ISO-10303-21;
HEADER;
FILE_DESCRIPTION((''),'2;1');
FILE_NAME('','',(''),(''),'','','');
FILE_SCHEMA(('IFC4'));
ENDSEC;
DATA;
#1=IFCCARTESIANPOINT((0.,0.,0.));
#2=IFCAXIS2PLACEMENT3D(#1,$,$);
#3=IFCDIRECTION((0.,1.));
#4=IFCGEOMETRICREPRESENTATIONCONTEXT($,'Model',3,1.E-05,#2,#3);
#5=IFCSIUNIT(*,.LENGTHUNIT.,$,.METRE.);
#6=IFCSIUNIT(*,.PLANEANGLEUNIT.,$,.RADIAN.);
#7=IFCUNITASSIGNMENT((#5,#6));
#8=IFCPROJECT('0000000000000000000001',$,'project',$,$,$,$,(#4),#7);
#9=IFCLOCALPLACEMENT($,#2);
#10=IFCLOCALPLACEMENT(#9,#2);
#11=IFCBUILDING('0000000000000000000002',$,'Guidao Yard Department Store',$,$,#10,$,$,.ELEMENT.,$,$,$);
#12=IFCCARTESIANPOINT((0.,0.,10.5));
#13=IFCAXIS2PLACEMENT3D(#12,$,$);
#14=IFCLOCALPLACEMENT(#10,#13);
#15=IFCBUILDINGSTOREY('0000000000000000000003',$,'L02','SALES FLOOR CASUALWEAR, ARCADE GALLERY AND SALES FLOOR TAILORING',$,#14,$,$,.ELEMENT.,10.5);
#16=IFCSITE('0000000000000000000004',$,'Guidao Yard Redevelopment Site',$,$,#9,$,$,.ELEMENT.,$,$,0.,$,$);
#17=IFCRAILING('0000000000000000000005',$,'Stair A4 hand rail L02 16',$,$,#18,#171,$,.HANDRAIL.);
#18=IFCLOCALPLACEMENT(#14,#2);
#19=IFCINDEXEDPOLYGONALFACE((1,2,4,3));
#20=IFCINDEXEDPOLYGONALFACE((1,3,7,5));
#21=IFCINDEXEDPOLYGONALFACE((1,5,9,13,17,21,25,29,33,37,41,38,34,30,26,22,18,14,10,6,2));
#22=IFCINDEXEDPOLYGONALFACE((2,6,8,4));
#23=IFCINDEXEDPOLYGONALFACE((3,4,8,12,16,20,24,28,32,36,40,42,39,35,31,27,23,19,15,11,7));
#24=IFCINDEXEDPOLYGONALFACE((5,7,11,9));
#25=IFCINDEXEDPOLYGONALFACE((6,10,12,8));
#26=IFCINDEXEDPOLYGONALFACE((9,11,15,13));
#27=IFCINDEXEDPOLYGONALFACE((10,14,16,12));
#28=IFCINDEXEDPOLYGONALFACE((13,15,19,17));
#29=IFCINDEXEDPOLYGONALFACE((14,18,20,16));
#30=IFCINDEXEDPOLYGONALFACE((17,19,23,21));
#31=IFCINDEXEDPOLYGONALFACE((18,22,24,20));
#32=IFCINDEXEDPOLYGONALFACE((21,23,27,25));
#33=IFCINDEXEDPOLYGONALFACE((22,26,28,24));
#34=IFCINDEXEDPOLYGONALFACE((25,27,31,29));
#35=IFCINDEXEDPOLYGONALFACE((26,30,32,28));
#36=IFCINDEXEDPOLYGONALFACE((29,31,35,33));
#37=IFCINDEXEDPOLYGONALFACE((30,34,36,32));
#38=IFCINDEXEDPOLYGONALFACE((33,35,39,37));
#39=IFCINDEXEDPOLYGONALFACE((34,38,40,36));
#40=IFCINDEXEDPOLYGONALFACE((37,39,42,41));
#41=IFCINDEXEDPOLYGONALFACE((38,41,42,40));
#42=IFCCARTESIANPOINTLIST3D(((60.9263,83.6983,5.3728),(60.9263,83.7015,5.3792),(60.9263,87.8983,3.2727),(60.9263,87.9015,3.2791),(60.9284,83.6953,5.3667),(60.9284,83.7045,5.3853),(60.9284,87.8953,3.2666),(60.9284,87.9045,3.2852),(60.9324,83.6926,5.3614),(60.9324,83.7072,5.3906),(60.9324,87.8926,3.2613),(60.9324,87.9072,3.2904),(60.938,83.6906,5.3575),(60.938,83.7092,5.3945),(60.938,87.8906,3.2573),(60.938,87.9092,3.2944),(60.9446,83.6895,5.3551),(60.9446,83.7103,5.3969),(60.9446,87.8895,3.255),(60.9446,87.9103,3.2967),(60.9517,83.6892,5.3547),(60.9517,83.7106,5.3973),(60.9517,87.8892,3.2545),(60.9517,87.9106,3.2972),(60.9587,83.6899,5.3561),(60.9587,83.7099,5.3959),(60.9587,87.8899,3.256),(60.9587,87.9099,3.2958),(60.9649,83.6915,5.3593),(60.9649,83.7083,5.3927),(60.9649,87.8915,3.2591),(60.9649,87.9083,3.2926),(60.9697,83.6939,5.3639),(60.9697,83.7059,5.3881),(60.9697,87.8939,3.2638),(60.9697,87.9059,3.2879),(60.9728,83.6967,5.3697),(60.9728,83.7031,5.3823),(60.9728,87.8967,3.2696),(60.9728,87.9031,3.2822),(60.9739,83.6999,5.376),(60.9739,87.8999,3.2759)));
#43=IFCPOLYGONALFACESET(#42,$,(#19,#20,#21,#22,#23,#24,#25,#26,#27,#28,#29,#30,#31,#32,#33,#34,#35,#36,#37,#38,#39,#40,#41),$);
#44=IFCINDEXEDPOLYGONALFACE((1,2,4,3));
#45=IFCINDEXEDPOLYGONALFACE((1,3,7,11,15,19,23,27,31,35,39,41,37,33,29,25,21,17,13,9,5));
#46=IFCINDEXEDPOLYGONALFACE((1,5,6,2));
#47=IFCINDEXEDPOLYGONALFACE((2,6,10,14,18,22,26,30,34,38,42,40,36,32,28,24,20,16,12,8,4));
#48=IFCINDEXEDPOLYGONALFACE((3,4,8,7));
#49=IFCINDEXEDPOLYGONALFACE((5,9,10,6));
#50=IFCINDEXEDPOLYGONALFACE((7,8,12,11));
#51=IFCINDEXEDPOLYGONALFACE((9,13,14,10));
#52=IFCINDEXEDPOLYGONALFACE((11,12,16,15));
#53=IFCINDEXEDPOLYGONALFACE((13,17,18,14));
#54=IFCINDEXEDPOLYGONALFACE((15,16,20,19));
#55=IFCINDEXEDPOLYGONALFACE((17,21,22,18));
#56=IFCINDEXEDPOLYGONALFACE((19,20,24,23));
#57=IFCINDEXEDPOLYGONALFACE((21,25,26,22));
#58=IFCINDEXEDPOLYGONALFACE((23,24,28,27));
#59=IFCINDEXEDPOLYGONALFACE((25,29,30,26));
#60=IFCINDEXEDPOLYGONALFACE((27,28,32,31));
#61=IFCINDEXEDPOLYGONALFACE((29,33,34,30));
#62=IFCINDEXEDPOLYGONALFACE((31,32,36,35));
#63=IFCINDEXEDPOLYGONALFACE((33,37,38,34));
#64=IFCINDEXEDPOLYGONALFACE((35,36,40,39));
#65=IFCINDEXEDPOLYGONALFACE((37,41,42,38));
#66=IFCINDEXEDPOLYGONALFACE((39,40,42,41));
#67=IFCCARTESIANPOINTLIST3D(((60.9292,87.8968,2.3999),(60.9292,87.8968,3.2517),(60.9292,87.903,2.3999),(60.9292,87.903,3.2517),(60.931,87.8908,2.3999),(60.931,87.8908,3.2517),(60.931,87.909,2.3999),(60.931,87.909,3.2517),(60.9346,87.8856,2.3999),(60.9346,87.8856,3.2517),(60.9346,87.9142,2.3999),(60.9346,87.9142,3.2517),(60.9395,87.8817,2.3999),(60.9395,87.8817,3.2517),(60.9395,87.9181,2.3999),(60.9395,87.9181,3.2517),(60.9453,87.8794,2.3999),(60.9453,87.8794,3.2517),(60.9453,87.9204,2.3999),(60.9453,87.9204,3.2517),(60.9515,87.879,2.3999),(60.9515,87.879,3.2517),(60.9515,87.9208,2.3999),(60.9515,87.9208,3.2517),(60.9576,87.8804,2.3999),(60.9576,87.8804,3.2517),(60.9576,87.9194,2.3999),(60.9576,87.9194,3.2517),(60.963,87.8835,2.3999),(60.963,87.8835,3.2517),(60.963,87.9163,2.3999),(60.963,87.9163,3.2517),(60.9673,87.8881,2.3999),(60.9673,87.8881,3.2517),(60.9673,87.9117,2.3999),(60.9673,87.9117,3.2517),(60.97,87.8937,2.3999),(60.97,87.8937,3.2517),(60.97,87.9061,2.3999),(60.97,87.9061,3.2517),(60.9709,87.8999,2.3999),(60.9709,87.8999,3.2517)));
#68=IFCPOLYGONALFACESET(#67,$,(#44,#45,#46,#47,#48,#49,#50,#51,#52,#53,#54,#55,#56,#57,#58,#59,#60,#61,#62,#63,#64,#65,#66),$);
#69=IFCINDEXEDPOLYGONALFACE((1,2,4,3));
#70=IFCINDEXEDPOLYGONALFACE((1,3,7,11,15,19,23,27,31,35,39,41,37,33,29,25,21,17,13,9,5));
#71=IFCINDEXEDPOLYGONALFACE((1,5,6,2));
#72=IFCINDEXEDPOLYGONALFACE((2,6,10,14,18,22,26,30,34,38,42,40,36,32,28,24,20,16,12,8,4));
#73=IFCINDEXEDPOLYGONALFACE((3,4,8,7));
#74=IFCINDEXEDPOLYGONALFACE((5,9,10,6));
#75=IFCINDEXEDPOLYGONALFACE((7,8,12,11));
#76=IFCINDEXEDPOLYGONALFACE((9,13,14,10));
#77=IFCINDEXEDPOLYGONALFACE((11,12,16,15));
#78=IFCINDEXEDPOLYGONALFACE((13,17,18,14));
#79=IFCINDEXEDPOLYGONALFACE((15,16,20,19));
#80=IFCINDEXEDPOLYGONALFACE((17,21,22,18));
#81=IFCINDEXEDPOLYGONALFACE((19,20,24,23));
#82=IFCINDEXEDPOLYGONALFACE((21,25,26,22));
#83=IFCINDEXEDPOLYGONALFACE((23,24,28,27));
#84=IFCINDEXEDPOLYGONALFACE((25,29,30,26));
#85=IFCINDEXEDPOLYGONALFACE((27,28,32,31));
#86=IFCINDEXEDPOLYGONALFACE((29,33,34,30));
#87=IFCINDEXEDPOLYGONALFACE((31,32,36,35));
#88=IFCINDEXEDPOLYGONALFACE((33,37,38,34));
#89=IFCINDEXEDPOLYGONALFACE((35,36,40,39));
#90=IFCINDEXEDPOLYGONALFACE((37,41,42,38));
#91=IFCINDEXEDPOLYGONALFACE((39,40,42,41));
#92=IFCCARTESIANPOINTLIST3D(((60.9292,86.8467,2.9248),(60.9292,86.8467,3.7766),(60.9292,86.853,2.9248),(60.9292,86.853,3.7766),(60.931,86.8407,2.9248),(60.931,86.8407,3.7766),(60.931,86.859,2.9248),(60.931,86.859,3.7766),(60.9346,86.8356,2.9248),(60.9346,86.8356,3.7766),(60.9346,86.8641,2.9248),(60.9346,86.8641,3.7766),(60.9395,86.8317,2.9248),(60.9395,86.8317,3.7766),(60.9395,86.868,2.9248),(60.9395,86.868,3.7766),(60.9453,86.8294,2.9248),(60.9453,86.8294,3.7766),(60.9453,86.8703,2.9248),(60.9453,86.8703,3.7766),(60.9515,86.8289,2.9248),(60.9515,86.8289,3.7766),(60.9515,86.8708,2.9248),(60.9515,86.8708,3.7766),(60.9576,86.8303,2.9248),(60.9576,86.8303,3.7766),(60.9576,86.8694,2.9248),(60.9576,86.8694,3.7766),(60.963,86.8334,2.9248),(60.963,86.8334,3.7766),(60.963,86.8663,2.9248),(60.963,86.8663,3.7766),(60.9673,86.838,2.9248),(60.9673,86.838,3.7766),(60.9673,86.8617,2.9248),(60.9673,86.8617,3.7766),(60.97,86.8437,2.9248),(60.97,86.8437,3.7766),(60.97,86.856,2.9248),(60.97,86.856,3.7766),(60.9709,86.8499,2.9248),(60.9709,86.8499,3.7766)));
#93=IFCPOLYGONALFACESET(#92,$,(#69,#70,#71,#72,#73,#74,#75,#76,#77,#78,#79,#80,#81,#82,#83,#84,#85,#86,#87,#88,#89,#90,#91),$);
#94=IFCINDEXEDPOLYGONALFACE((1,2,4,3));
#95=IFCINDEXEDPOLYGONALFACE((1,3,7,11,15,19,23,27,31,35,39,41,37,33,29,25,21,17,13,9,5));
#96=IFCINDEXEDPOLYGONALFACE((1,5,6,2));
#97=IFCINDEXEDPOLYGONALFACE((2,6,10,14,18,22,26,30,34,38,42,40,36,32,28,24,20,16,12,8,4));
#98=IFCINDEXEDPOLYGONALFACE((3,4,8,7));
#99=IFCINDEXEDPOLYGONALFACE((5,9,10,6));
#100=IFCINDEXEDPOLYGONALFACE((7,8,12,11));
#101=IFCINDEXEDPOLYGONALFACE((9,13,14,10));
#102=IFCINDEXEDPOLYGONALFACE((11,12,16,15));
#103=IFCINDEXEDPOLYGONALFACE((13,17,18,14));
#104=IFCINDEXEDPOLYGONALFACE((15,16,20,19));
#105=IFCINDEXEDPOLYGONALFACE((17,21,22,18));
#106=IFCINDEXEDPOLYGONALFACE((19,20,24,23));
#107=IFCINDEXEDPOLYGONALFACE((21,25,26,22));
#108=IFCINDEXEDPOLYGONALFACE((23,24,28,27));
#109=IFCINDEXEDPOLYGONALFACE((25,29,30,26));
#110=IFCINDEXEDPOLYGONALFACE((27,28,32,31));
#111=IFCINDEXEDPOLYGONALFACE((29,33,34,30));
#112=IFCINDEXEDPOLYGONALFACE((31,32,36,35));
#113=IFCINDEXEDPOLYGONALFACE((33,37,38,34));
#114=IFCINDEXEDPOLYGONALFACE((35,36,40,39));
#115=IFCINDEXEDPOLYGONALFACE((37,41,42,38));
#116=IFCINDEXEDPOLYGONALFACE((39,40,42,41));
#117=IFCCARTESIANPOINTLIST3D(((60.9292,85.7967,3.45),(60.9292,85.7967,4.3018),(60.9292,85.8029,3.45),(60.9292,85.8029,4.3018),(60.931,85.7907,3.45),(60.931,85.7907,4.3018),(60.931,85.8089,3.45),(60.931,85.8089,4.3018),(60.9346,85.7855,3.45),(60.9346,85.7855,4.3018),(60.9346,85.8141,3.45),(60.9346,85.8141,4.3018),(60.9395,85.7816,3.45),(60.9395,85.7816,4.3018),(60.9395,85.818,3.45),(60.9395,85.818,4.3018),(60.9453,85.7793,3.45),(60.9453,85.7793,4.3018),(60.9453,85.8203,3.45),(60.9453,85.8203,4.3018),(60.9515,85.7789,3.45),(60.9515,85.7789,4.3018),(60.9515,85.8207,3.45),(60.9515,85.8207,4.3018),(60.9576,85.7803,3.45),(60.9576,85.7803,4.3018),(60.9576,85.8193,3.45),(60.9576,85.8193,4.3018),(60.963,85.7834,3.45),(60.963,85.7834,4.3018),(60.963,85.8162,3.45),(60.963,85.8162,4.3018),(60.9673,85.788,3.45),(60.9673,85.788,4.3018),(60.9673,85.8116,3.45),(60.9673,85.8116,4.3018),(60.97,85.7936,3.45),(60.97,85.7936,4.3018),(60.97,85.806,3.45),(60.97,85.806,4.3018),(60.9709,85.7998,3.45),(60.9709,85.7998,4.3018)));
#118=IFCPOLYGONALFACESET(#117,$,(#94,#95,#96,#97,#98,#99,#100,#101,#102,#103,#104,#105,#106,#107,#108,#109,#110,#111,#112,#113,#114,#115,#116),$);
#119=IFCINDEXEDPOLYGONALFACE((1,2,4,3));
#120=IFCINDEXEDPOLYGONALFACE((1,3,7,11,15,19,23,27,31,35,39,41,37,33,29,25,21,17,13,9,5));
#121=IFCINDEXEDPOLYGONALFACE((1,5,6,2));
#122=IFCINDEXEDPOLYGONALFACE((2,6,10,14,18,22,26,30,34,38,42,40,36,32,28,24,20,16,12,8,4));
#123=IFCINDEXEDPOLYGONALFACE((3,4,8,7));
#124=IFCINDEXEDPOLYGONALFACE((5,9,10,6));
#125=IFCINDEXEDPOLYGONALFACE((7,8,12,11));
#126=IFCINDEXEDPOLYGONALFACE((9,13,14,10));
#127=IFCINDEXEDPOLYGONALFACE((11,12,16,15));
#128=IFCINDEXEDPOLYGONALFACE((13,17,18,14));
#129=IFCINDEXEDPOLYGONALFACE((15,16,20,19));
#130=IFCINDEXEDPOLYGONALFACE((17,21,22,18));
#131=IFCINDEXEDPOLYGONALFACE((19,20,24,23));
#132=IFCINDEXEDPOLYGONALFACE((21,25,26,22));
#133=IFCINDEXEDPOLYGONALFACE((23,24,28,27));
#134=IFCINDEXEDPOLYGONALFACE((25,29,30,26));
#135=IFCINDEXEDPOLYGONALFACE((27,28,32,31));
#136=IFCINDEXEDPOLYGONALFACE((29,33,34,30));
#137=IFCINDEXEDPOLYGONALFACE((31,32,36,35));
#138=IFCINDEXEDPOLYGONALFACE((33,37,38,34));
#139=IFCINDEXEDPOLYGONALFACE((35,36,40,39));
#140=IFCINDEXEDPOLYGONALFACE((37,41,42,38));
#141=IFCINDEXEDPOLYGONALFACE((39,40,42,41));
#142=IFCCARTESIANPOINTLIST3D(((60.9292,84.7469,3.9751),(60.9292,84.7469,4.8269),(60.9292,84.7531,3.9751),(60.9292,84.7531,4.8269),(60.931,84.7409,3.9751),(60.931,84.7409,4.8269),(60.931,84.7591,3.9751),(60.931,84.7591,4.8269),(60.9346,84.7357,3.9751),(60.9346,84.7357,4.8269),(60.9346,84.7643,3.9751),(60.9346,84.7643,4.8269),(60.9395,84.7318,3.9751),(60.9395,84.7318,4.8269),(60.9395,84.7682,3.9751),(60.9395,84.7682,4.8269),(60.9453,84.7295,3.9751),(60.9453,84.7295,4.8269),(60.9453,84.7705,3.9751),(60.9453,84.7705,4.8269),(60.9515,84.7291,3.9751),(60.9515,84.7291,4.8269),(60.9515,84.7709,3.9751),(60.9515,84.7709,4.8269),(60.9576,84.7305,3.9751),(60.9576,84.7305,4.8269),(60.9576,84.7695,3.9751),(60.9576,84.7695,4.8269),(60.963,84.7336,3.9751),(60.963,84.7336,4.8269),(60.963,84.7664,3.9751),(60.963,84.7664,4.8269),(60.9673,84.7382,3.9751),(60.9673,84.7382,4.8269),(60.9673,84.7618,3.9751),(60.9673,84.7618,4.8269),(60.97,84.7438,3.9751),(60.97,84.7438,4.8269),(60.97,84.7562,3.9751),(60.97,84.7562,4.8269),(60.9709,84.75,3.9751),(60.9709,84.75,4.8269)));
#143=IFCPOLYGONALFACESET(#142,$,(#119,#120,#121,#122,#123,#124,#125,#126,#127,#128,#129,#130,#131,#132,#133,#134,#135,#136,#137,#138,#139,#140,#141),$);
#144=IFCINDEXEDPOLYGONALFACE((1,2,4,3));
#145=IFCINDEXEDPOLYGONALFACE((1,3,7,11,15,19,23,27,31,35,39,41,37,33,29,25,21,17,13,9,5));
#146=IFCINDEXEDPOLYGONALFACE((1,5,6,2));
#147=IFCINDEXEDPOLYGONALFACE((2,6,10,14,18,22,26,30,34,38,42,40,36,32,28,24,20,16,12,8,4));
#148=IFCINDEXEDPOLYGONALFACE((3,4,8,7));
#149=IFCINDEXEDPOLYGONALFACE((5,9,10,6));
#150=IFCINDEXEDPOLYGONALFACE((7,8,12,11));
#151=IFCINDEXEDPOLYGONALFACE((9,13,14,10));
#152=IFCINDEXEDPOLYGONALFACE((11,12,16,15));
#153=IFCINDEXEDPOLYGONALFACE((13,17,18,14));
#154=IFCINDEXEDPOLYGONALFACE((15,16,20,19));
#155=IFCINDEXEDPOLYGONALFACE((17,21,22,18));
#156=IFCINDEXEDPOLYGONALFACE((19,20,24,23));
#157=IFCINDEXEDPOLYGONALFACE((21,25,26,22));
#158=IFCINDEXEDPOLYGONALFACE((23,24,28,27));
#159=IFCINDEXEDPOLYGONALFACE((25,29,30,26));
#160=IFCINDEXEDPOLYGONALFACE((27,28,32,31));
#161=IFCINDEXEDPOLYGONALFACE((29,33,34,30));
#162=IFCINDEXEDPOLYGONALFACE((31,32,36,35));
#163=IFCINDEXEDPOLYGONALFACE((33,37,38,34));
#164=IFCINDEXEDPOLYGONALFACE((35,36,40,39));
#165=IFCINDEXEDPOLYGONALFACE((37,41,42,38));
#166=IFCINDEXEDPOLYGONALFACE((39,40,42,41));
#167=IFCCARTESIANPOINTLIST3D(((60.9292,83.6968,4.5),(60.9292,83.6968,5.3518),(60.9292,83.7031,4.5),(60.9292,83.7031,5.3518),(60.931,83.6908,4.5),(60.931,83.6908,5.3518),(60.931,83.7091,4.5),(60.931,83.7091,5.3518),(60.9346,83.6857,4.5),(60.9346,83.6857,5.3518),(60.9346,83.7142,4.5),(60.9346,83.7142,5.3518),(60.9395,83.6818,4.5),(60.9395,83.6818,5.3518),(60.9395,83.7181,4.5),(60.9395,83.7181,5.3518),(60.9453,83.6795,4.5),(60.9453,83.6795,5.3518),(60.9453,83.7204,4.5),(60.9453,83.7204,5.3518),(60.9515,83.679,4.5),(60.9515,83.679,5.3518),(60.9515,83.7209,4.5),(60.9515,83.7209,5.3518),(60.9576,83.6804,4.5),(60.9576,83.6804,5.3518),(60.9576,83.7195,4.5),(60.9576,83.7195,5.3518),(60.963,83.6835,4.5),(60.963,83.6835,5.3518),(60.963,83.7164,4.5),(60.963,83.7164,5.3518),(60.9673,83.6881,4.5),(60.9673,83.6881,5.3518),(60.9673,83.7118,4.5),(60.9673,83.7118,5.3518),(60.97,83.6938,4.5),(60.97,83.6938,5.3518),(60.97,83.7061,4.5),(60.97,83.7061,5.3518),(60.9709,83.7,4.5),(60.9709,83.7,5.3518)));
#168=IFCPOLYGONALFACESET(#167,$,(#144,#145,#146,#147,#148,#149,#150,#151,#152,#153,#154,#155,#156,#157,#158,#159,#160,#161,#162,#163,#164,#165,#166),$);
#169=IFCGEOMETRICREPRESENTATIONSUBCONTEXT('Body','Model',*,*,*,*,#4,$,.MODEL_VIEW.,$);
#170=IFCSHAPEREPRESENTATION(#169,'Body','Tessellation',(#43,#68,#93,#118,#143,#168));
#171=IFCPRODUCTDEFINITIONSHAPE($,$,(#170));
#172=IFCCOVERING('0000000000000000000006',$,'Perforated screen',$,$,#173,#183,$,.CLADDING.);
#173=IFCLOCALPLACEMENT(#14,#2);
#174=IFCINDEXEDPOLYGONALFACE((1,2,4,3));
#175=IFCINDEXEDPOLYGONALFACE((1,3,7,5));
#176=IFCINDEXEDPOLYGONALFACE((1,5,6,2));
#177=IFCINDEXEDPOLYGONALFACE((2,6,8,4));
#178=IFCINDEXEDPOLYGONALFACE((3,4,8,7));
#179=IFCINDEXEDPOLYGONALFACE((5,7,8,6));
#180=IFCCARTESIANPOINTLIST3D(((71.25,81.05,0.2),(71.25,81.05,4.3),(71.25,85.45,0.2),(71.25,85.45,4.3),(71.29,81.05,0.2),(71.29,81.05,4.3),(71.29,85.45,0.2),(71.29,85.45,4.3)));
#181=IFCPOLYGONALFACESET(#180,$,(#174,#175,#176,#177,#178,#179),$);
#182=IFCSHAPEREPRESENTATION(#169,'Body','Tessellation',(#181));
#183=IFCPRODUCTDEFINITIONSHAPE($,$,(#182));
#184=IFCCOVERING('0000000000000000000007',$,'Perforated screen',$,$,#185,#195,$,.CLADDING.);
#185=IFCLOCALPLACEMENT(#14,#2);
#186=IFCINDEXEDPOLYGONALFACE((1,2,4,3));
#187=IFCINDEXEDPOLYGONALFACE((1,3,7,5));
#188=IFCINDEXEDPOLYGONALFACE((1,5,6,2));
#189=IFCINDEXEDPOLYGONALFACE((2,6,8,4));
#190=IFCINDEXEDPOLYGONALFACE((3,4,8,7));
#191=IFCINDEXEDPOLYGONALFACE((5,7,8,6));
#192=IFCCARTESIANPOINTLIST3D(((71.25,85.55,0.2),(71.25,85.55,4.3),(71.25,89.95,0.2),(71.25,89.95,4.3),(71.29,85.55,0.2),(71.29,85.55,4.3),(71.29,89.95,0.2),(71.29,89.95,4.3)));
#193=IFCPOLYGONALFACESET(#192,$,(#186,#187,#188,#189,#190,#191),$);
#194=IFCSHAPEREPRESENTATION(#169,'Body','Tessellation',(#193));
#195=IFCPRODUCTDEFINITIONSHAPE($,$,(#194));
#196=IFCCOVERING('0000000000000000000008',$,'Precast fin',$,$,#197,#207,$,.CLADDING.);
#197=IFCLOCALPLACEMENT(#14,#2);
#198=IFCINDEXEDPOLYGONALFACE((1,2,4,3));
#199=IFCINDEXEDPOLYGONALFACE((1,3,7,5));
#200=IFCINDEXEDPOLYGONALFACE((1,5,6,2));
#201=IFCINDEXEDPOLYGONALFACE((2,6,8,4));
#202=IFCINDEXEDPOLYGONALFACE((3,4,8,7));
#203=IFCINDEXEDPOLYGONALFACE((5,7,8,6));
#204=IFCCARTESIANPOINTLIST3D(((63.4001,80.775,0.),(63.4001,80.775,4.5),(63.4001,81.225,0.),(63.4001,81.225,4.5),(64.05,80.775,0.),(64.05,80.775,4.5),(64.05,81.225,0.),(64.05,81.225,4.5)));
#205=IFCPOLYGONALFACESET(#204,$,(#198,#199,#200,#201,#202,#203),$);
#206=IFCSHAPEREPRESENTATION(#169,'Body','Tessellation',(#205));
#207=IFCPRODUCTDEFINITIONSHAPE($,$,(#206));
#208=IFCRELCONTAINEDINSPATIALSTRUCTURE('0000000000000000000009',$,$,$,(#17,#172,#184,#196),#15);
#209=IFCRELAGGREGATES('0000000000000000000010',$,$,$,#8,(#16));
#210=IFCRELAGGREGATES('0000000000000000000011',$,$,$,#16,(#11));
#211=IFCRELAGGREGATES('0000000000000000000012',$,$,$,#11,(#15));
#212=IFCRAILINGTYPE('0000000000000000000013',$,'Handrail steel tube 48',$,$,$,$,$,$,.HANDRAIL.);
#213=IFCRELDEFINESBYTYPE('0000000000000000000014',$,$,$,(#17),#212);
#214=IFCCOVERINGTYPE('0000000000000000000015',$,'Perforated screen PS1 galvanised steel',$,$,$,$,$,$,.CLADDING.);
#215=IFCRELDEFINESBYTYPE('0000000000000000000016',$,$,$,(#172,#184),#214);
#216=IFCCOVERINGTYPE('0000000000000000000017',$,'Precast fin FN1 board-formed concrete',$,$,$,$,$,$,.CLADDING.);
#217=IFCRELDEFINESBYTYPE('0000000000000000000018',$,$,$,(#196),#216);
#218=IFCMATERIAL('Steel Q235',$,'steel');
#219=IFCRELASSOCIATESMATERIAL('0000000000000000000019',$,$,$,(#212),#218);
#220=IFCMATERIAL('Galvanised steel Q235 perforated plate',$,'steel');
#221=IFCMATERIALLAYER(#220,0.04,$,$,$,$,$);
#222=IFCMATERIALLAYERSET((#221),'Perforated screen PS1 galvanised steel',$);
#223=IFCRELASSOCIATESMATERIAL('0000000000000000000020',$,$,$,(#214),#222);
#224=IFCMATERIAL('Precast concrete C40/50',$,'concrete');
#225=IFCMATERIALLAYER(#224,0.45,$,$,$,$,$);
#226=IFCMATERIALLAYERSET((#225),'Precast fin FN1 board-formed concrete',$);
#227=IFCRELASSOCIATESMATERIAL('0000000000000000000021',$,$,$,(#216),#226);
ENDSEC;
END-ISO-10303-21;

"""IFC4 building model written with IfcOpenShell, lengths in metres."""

from ifc_helpers import new_model, si_unit, direction, frame, origin, origin_2d, place, context, subcontext, project, spatial, rectangle, circle, extrude, material, layer, layer_set, type_object, element, save


model = new_model("IFC4")

# Units and contexts
model_context = context("Model", 3, precision=1e-05, world=origin(), true_north=direction((0.0, 1.0)))
body_context = subcontext(model_context, "Body", "Model", "MODEL_VIEW")
ifc_project = project(units=[si_unit("LENGTHUNIT", "METRE"), si_unit("PLANEANGLEUNIT", "RADIAN")], contexts=[model_context])

# Site, building, storey
site_placement = place(None, origin())
site = spatial("IfcSite", under=ifc_project, at=site_placement, Name="Guidao Yard Redevelopment Site", CompositionType="ELEMENT", RefElevation=0.0)
building_placement = place(site_placement, origin())
building = spatial("IfcBuilding", under=site, at=building_placement, Name="Guidao Yard Department Store", CompositionType="ELEMENT")
storey_placement = place(building_placement, frame((0.0, 0.0, 10.5)))
storey = spatial("IfcBuildingStorey", under=building, at=storey_placement, Name="L02", Description="SALES FLOOR CASUALWEAR, ARCADE GALLERY AND SALES FLOOR TAILORING", CompositionType="ELEMENT", Elevation=10.5)

# Railing
ifc_material_1 = material(Name="Steel Q235", Category="steel")
railing_type = type_object("IfcRailingType", Name="Handrail steel tube 48", PredefinedType="HANDRAIL", material=ifc_material_1)
railing_placement = place(storey_placement, frame((60.95, 87.8999, 2.3999)))
element("IfcRailing", 1, at=railing_placement, inside=storey, type_object=railing_type, Name="Stair A4 hand rail L02 16", PredefinedType="HANDRAIL", context=body_context, shape_type="SweptSolid", body=[
    extrude(circle(Radius=0.0239, at=origin_2d()), frame((0.0, 0.0, 0.876), z_axis=(0.0, -0.894417, 0.447234), x_axis=(1.0, 0.0, 0.0)), (0.0, 0.0, 1.0), 4.6958),
    extrude(circle(Radius=0.021, at=origin_2d()), origin(), (0.0, 0.0, 1.0), 0.8518),
    extrude(circle(Radius=0.021, at=origin_2d()), frame((0.0, -1.05, 0.5249)), (0.0, 0.0, 1.0), 0.8518),
    extrude(circle(Radius=0.021, at=origin_2d()), frame((0.0, -2.1001, 1.05)), (0.0, 0.0, 1.0), 0.8518),
    extrude(circle(Radius=0.021, at=origin_2d()), frame((0.0, -3.1499, 1.5752)), (0.0, 0.0, 1.0), 0.8518),
    extrude(circle(Radius=0.021, at=origin_2d()), frame((0.0, -4.2, 2.1001)), (0.0, 0.0, 1.0), 0.8518),
])

# Coverings
ifc_material_2 = material(Name="Galvanised steel Q235 perforated plate", Category="steel")
ifc_layer_1 = layer(ifc_material_2, 0.04)
ifc_layer_set_1 = layer_set([ifc_layer_1], Name="Perforated screen PS1 galvanised steel")
covering_type_1 = type_object("IfcCoveringType", Name="Perforated screen PS1 galvanised steel", PredefinedType="CLADDING", material=ifc_layer_set_1)
for number, where, z_axis, x_axis, name in (
    (2, (71.27, 83.25, 0.2), (0.0, 0.0, 1.0), (0.0, 1.0, 0.0), "Perforated screen"),
    (3, (71.27, 87.75, 0.2), (0.0, 0.0, 1.0), (0.0, 1.0, 0.0), "Perforated screen"),
):
    element("IfcCovering", number, at=place(storey_placement, frame(where, z_axis=z_axis, x_axis=x_axis)), inside=storey, type_object=covering_type_1, Name=name, PredefinedType="CLADDING", context=body_context, shape_type="SweptSolid", body=[
        extrude(rectangle(XDim=4.3999, YDim=0.04, at=origin_2d()), origin(), (0.0, 0.0, 1.0), 4.1001),
    ])
ifc_material_3 = material(Name="Precast concrete C40/50", Category="concrete")
ifc_layer_2 = layer(ifc_material_3, 0.45)
ifc_layer_set_2 = layer_set([ifc_layer_2], Name="Precast fin FN1 board-formed concrete")
covering_type_2 = type_object("IfcCoveringType", Name="Precast fin FN1 board-formed concrete", PredefinedType="CLADDING", material=ifc_layer_set_2)
for number, where, z_axis, x_axis, name in (
    (4, (63.7251, 81.0, 0.0), (0.0, 0.0, 1.0), (0.0, -1.0, 0.0), "Precast fin"),
):
    element("IfcCovering", number, at=place(storey_placement, frame(where, z_axis=z_axis, x_axis=x_axis)), inside=storey, type_object=covering_type_2, Name=name, PredefinedType="CLADDING", context=body_context, shape_type="SweptSolid", body=[
        extrude(rectangle(XDim=0.45, YDim=0.6499, at=origin_2d()), origin(), (0.0, 0.0, 1.0), 4.5),
    ])

save(model, "model.ifc")
